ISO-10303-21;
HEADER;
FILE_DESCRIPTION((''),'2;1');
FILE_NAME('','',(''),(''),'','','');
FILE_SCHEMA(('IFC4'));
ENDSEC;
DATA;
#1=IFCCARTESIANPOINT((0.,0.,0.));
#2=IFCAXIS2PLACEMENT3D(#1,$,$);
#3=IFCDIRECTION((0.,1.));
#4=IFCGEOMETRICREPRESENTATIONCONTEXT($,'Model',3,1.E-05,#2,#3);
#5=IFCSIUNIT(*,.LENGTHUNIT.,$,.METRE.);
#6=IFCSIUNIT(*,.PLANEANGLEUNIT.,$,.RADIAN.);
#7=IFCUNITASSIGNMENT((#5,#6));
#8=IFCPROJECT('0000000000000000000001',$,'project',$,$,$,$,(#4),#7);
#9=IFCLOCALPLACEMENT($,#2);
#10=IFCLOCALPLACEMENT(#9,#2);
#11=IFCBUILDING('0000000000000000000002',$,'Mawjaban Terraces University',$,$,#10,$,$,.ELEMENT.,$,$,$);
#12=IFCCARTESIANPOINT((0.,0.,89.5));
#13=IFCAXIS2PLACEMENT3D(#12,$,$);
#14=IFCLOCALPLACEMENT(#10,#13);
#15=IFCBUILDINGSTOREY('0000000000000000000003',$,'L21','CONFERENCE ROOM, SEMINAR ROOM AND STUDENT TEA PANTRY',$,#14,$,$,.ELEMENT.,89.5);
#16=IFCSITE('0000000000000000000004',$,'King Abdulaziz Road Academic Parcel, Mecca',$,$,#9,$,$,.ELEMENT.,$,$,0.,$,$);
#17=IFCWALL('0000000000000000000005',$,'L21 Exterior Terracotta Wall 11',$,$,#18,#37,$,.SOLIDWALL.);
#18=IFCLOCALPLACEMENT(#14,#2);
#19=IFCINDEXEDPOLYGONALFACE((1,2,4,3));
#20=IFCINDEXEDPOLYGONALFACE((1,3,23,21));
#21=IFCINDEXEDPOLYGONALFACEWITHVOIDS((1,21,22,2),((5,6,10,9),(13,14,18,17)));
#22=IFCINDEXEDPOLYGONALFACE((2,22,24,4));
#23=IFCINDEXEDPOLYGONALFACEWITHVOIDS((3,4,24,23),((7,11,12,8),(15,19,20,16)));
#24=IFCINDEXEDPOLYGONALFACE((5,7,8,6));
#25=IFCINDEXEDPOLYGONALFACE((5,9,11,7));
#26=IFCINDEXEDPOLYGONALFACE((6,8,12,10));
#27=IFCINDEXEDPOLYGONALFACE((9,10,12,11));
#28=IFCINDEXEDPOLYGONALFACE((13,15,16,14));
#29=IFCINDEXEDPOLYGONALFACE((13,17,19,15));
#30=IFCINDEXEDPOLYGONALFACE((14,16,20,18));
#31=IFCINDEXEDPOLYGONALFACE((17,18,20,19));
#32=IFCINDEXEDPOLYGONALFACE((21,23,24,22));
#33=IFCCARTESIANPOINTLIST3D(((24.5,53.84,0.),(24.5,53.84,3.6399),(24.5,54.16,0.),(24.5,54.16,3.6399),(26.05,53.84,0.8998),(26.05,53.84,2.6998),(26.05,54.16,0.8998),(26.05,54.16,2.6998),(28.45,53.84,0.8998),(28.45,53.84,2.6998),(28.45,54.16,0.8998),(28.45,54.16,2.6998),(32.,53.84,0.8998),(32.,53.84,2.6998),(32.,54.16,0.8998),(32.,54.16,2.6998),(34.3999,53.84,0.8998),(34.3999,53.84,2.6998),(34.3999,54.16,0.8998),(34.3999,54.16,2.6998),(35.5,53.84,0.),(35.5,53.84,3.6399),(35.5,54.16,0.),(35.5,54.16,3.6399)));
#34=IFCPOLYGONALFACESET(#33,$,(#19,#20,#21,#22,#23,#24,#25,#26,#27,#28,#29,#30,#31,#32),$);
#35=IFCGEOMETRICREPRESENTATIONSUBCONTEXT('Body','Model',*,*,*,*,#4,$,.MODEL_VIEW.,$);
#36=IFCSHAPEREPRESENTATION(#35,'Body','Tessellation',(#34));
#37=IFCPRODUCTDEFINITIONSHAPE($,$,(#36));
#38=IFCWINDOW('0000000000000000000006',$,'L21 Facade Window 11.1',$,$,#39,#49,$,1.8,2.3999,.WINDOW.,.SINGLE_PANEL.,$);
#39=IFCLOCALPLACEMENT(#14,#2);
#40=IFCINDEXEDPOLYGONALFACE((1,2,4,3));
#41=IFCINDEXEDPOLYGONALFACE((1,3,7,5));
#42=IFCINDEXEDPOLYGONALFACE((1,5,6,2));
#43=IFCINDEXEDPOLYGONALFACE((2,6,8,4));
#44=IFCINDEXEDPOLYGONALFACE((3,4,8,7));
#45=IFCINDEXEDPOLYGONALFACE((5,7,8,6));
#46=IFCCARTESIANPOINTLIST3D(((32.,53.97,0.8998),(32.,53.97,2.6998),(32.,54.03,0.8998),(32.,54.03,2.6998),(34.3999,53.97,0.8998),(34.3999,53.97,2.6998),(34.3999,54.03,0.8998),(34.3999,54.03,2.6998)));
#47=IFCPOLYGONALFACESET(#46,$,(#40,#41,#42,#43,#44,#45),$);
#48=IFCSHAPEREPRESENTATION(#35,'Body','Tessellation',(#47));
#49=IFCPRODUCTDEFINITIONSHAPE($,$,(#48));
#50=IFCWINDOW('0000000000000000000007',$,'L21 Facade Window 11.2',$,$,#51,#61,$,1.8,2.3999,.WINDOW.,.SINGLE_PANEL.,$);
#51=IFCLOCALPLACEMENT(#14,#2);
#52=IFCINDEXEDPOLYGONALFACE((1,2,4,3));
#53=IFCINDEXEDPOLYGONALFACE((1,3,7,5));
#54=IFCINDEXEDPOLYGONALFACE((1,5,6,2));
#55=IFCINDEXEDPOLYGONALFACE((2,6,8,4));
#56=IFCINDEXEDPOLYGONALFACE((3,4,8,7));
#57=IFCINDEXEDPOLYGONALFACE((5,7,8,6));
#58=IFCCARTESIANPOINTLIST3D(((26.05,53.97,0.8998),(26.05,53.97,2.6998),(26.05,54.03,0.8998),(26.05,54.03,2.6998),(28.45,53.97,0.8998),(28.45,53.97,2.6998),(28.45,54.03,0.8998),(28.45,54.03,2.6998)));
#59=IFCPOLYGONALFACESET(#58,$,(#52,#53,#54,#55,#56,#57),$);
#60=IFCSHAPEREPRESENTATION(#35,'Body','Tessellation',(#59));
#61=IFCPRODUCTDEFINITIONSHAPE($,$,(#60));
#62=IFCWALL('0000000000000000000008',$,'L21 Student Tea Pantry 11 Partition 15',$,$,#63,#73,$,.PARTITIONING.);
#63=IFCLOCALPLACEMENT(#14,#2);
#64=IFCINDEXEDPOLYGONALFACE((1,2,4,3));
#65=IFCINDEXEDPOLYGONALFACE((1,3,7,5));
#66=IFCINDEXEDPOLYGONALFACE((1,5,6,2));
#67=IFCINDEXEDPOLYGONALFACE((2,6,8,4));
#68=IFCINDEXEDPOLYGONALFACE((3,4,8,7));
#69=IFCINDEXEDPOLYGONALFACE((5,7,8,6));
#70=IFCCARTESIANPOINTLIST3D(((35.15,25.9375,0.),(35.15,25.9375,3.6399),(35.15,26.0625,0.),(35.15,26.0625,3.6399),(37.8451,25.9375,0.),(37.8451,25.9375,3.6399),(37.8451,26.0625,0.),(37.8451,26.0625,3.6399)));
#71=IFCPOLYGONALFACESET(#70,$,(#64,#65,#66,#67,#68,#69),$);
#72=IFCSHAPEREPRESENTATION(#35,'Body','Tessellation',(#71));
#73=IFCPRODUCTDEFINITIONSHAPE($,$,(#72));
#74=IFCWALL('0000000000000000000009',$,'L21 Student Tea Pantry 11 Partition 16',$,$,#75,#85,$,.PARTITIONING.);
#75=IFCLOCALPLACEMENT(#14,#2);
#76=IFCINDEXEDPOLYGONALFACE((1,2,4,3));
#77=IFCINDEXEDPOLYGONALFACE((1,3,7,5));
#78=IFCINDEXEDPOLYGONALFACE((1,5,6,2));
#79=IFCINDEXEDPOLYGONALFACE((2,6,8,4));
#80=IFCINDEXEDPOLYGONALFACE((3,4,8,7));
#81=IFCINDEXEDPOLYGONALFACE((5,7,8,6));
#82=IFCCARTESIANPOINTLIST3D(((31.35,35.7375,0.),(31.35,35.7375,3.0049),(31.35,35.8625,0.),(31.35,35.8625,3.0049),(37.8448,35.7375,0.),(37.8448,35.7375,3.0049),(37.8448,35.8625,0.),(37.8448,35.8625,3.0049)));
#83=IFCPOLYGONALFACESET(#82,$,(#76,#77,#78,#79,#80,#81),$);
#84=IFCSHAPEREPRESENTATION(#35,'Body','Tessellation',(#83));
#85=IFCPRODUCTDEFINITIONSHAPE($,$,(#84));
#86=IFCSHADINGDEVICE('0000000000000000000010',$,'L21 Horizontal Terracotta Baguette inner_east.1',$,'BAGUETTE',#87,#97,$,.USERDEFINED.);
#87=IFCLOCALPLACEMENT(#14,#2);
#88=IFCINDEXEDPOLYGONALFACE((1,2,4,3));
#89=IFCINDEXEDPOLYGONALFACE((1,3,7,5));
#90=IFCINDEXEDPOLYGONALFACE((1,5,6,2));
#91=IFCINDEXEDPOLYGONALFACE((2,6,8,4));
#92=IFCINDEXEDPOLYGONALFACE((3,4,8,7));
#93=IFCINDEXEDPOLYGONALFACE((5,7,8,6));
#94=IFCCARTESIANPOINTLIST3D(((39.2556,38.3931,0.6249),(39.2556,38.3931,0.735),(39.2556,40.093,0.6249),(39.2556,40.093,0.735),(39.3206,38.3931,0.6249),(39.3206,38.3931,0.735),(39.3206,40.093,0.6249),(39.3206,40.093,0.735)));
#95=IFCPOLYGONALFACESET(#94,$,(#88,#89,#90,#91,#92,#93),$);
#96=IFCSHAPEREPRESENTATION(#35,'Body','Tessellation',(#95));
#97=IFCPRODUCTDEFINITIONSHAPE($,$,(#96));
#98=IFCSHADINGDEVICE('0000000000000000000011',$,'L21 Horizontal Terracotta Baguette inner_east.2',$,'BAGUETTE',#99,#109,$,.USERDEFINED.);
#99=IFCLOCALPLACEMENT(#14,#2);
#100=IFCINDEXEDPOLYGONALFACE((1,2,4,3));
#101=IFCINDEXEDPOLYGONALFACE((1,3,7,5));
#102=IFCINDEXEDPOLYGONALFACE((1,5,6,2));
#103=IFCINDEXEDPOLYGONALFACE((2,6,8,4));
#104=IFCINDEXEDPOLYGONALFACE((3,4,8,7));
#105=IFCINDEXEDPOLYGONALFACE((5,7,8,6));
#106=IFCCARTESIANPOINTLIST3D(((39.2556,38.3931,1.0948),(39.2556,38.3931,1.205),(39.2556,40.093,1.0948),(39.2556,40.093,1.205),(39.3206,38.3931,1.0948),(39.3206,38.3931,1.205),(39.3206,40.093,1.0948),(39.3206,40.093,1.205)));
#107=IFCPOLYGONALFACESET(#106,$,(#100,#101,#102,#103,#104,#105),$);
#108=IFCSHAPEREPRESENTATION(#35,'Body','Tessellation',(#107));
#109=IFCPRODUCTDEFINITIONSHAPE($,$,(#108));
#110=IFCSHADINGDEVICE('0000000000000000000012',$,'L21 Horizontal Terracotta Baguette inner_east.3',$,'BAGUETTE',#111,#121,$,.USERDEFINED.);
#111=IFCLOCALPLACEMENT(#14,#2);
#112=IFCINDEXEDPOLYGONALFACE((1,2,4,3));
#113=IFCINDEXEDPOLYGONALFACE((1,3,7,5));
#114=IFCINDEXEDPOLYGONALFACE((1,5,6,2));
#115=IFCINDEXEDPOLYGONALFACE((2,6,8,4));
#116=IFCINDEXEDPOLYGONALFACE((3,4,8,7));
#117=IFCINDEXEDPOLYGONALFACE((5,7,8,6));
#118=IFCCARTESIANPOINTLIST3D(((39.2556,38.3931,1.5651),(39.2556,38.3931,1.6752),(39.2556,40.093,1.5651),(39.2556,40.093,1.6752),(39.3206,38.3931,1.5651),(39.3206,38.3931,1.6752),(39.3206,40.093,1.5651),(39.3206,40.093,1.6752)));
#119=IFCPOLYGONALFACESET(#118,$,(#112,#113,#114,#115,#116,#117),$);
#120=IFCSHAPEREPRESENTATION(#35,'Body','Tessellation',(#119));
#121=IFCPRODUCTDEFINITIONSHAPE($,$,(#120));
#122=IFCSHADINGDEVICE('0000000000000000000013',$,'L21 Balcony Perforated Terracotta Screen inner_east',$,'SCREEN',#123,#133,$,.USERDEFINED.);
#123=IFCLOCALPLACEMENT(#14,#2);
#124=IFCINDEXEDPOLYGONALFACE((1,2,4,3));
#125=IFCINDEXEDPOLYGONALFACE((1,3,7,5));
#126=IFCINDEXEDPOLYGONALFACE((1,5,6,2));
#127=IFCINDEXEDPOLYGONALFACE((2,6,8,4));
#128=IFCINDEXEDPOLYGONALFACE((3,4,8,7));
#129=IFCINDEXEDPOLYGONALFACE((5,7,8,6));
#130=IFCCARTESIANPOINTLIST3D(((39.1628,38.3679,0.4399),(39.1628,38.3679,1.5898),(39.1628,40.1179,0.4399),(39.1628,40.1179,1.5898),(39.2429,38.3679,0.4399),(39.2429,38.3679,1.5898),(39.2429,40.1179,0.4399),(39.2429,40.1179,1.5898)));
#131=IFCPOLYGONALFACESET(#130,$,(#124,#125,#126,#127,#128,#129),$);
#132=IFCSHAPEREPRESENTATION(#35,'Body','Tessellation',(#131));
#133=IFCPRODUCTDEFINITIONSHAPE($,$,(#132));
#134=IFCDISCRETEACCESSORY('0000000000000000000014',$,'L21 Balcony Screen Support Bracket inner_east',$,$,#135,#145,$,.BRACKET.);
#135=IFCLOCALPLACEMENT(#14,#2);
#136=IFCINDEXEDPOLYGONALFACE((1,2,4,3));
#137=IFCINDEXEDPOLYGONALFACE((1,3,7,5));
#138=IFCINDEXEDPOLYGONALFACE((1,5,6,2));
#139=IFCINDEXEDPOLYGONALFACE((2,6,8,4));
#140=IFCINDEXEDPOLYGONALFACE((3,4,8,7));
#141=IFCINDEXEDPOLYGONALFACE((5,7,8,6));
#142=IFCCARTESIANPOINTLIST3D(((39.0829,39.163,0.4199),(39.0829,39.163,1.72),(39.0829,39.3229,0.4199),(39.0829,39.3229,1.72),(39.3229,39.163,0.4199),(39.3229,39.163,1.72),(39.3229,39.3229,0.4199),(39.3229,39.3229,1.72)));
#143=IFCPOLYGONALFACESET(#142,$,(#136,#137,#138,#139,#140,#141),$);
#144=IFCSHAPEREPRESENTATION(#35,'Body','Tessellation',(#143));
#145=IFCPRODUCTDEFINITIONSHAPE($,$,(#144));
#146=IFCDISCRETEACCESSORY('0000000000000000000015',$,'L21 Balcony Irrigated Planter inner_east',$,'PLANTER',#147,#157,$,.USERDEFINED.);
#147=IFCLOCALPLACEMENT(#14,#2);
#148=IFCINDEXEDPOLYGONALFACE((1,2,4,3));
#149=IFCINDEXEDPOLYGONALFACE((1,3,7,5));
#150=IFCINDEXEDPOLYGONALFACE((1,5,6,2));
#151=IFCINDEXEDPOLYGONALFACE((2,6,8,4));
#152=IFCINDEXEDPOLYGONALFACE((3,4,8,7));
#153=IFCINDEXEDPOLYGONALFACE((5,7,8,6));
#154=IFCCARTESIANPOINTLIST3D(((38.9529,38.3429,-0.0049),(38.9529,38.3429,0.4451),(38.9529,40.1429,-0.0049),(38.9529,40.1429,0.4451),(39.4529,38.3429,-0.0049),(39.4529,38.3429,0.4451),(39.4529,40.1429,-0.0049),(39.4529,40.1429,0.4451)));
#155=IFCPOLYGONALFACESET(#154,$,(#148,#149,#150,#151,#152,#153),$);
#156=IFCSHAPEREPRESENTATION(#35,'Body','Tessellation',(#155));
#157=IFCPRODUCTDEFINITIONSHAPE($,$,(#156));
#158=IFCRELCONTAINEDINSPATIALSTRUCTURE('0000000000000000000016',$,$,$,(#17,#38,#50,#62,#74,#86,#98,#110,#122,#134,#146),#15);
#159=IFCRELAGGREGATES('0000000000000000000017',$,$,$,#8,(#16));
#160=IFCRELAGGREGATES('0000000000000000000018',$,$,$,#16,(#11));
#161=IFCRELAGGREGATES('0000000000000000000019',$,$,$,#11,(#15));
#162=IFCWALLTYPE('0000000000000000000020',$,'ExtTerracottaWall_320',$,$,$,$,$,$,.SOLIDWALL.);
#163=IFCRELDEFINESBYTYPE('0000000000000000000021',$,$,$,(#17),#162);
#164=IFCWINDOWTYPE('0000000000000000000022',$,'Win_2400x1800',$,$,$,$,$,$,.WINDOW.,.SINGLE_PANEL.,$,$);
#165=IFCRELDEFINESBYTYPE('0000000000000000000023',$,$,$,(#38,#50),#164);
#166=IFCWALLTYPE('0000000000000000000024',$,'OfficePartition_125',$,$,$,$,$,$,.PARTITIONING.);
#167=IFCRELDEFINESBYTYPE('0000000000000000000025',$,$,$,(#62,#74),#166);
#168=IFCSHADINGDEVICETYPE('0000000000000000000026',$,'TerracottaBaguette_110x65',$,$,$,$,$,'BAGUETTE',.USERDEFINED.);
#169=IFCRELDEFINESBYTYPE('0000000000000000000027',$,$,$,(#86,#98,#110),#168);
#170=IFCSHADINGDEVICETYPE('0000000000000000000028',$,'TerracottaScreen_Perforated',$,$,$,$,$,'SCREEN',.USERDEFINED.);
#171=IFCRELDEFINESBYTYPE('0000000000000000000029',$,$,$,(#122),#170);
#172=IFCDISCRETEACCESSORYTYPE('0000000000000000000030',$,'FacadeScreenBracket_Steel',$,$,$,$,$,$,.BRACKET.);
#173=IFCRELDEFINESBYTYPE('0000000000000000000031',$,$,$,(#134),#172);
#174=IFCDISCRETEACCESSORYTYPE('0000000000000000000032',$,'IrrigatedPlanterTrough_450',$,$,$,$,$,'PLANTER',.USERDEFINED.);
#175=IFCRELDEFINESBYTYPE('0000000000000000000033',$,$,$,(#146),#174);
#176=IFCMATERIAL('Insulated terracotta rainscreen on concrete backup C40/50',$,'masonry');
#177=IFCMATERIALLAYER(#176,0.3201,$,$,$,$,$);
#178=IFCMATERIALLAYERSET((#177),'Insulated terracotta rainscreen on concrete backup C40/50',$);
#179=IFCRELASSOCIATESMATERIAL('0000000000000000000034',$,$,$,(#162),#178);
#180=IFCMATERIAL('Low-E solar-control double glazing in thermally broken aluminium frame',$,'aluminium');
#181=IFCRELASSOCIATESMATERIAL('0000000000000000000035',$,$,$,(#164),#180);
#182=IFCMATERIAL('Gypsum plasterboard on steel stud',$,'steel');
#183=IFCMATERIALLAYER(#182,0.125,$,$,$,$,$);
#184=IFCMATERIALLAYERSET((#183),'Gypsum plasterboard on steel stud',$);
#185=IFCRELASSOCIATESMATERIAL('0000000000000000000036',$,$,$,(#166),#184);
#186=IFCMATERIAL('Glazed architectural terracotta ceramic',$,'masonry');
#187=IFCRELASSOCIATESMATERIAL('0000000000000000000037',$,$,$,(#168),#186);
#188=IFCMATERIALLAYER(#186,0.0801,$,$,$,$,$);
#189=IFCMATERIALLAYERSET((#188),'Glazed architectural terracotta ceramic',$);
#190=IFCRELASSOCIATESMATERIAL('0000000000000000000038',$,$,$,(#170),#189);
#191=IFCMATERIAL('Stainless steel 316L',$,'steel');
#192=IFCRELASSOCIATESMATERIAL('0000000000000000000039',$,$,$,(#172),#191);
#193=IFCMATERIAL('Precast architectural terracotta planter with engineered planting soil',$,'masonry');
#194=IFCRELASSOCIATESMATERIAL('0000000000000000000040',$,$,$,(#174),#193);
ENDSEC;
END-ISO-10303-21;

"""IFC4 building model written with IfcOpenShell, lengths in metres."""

from ifc_helpers import new_model, si_unit, direction, frame, frame_2d, origin, origin_2d, place, context, subcontext, project, spatial, rectangle, extrude, material, layer, layer_set, material_profile, profile_set, type_object, element, fill, save


model = new_model("IFC4")

# Units and contexts
model_context = context("Model", 3, precision=1e-05, world=origin(), true_north=direction((0.0, 1.0)))
body_context = subcontext(model_context, "Body", "Model", "MODEL_VIEW")
ifc_project = project(units=[si_unit("LENGTHUNIT", "METRE"), si_unit("PLANEANGLEUNIT", "RADIAN")], contexts=[model_context])

# Site, building, storey
site_placement = place(None, origin())
site = spatial("IfcSite", under=ifc_project, at=site_placement, Name="King Abdulaziz Road Academic Parcel, Mecca", CompositionType="ELEMENT", RefElevation=0.0)
building_placement = place(site_placement, origin())
building = spatial("IfcBuilding", under=site, at=building_placement, Name="Mawjaban Terraces University", CompositionType="ELEMENT")
storey_placement = place(building_placement, frame((0.0, 0.0, 89.5)))
storey = spatial("IfcBuildingStorey", under=building, at=storey_placement, Name="L21", Description="CONFERENCE ROOM, SEMINAR ROOM AND STUDENT TEA PANTRY", CompositionType="ELEMENT", Elevation=89.5)

# Shared definitions
ifc_material_1 = material(Name="Insulated terracotta rainscreen on concrete backup C40/50", Category="masonry")
ifc_layer_1 = layer(ifc_material_1, 0.3201)
ifc_layer_set_1 = layer_set([ifc_layer_1], Name="Insulated terracotta rainscreen on concrete backup C40/50")
wall_type_1 = type_object("IfcWallType", Name="ExtTerracottaWall_320", PredefinedType="SOLIDWALL", material=ifc_layer_set_1)

# Wall, openings, windows
wall_1_placement = place(storey_placement, frame((35.5, 54.0, 0.0), z_axis=(0.0, 0.0, 1.0), x_axis=(-1.0, 0.0, 0.0)))
wall_1 = element("IfcWall", 1, at=wall_1_placement, inside=storey, type_object=wall_type_1, Name="L21 Exterior Terracotta Wall 11", PredefinedType="SOLIDWALL", context=body_context, shape_type="SweptSolid", body=[
    extrude(rectangle(XDim=11.0, YDim=0.3201, at=frame_2d((5.5, 0.0))), origin(), (0.0, 0.0, 1.0), 3.6399),
])
opening_1_placement = place(wall_1_placement, frame((1.1001, 0.0, 0.8999)))
opening_1 = element("IfcOpeningElement", 2, at=opening_1_placement, cuts=wall_1, PredefinedType="OPENING", context=body_context, shape_type="SweptSolid", body=[
    extrude(rectangle(XDim=2.3999, YDim=1.8, at=frame_2d((1.2, 0.8999))), frame((0.0, 0.1699, 0.0), z_axis=(0.0, -1.0, 0.0), x_axis=(1.0, 0.0, 0.0)), (0.0, 0.0, 1.0), 0.3401),
])
opening_2_placement = place(wall_1_placement, frame((7.05, 0.0, 0.8999)))
opening_2 = element("IfcOpeningElement", 3, at=opening_2_placement, cuts=wall_1, PredefinedType="OPENING", context=body_context, shape_type="SweptSolid", body=[
    extrude(rectangle(XDim=2.3999, YDim=1.8, at=frame_2d((1.2, 0.8999))), frame((0.0, 0.1699, 0.0), z_axis=(0.0, -1.0, 0.0), x_axis=(1.0, 0.0, 0.0)), (0.0, 0.0, 1.0), 0.3401),
])
ifc_material_2 = material(Name="Low-E solar-control double glazing in thermally broken aluminium frame", Category="aluminium")
window_type = type_object("IfcWindowType", Name="Win_2400x1800", PartitioningType="SINGLE_PANEL", PredefinedType="WINDOW", material=ifc_material_2)
window_1_placement = place(opening_1_placement, origin())
window_1 = element("IfcWindow", 4, at=window_1_placement, inside=storey, type_object=window_type, Name="L21 Facade Window 11.1", OverallHeight=1.8, OverallWidth=2.3999, PartitioningType="SINGLE_PANEL", PredefinedType="WINDOW", context=body_context, shape_type="SweptSolid", body=[
    extrude(rectangle(XDim=2.3999, YDim=1.8, at=frame_2d((1.2, 0.8999))), frame((0.0, 0.03, 0.0), z_axis=(0.0, -1.0, 0.0), x_axis=(1.0, 0.0, 0.0)), (0.0, 0.0, 1.0), 0.0601),
])
fill(opening_1, window_1)
window_2_placement = place(opening_2_placement, origin())
window_2 = element("IfcWindow", 5, at=window_2_placement, inside=storey, type_object=window_type, Name="L21 Facade Window 11.2", OverallHeight=1.8, OverallWidth=2.3999, PartitioningType="SINGLE_PANEL", PredefinedType="WINDOW", context=body_context, shape_type="SweptSolid", body=[
    extrude(rectangle(XDim=2.3999, YDim=1.8, at=frame_2d((1.2, 0.8999))), frame((0.0, 0.03, 0.0), z_axis=(0.0, -1.0, 0.0), x_axis=(1.0, 0.0, 0.0)), (0.0, 0.0, 1.0), 0.0601),
])
fill(opening_2, window_2)

# Walls
ifc_material_3 = material(Name="Gypsum plasterboard on steel stud", Category="steel")
ifc_layer_2 = layer(ifc_material_3, 0.125)
ifc_layer_set_2 = layer_set([ifc_layer_2], Name="Gypsum plasterboard on steel stud")
wall_type_2 = type_object("IfcWallType", Name="OfficePartition_125", PredefinedType="PARTITIONING", material=ifc_layer_set_2)
wall_2_placement = place(storey_placement, frame((35.1499, 26.0, 0.0), z_axis=(0.0, 0.0, 1.0), x_axis=(1.0, 0.0, 0.0)))
element("IfcWall", 6, at=wall_2_placement, inside=storey, type_object=wall_type_2, Name="L21 Student Tea Pantry 11 Partition 15", PredefinedType="PARTITIONING", context=body_context, shape_type="SweptSolid", body=[
    extrude(rectangle(XDim=2.6951, YDim=0.125, at=frame_2d((1.3477, 0.0))), origin(), (0.0, 0.0, 1.0), 3.6399),
])
wall_3_placement = place(storey_placement, frame((37.845, 35.8, 0.0), z_axis=(0.0, 0.0, 1.0), x_axis=(-1.0, 0.0, 0.0)))
element("IfcWall", 7, at=wall_3_placement, inside=storey, type_object=wall_type_2, Name="L21 Student Tea Pantry 11 Partition 16", PredefinedType="PARTITIONING", context=body_context, shape_type="SweptSolid", body=[
    extrude(rectangle(XDim=6.4949, YDim=0.125, at=frame_2d((3.2476, 0.0))), origin(), (0.0, 0.0, 1.0), 3.0049),
])

# Shading devices
ifc_material_4 = material(Name="Glazed architectural terracotta ceramic", Category="masonry")
ifc_material_profile_1 = material_profile(ifc_material_4, rectangle(XDim=0.0649, YDim=0.1101, at=origin_2d()), Name="TBAG110X65")
ifc_profile_set_1 = profile_set([ifc_material_profile_1], Name="Glazed architectural terracotta ceramic")
shading_device_type_1 = type_object("IfcShadingDeviceType", Name="TerracottaBaguette_110x65", ElementType="BAGUETTE", PredefinedType="USERDEFINED", material=ifc_profile_set_1)
for number, where, z_axis, x_axis, name in (
    (8, (39.2881, 38.3931, 0.6799), (0.0, 1.0, 0.0), (-1.0, 0.0, 0.0), "L21 Horizontal Terracotta Baguette inner_east.1"),
    (9, (39.2881, 38.3931, 1.1499), (0.0, 1.0, 0.0), (-1.0, 0.0, 0.0), "L21 Horizontal Terracotta Baguette inner_east.2"),
    (10, (39.2881, 38.3931, 1.6201), (0.0, 1.0, 0.0), (-1.0, 0.0, 0.0), "L21 Horizontal Terracotta Baguette inner_east.3"),
):
    element("IfcShadingDevice", number, at=place(storey_placement, frame(where, z_axis=z_axis, x_axis=x_axis)), inside=storey, type_object=shading_device_type_1, Name=name, ObjectType="BAGUETTE", PredefinedType="USERDEFINED", context=body_context, shape_type="SweptSolid", body=[
        extrude(rectangle(XDim=0.0649, YDim=0.1101, at=origin_2d()), origin(), (0.0, 0.0, 1.0), 1.7),
    ])
ifc_layer_3 = layer(ifc_material_4, 0.0801)
ifc_layer_set_3 = layer_set([ifc_layer_3], Name="Glazed architectural terracotta ceramic")
shading_device_type_2 = type_object("IfcShadingDeviceType", Name="TerracottaScreen_Perforated", ElementType="SCREEN", PredefinedType="USERDEFINED", material=ifc_layer_set_3)
shading_device_placement = place(storey_placement, frame((39.2029, 39.2429, 0.4399), z_axis=(0.0, 0.0, 1.0), x_axis=(0.0, 1.0, 0.0)))
element("IfcShadingDevice", 11, at=shading_device_placement, inside=storey, type_object=shading_device_type_2, Name="L21 Balcony Perforated Terracotta Screen inner_east", ObjectType="SCREEN", PredefinedType="USERDEFINED", context=body_context, shape_type="SweptSolid", body=[
    extrude(rectangle(XDim=1.75, YDim=0.0801, at=origin_2d()), origin(), (0.0, 0.0, 1.0), 1.1499),
])

# Discrete accessories
ifc_material_5 = material(Name="Stainless steel 316L", Category="steel")
discrete_accessory_type_1 = type_object("IfcDiscreteAccessoryType", Name="FacadeScreenBracket_Steel", PredefinedType="BRACKET", material=ifc_material_5)
discrete_accessory_1_placement = place(storey_placement, frame((39.2029, 39.2429, 0.4199), z_axis=(0.0, 0.0, 1.0), x_axis=(0.0, 1.0, 0.0)))
element("IfcDiscreteAccessory", 12, at=discrete_accessory_1_placement, inside=storey, type_object=discrete_accessory_type_1, Name="L21 Balcony Screen Support Bracket inner_east", PredefinedType="BRACKET", context=body_context, shape_type="SweptSolid", body=[
    extrude(rectangle(XDim=0.1599, YDim=0.24, at=origin_2d()), origin(), (0.0, 0.0, 1.0), 1.3),
])
ifc_material_6 = material(Name="Precast architectural terracotta planter with engineered planting soil", Category="masonry")
discrete_accessory_type_2 = type_object("IfcDiscreteAccessoryType", Name="IrrigatedPlanterTrough_450", ElementType="PLANTER", PredefinedType="USERDEFINED", material=ifc_material_6)
discrete_accessory_2_placement = place(storey_placement, frame((39.2029, 39.2429, -0.0049), z_axis=(0.0, 0.0, 1.0), x_axis=(0.0, 1.0, 0.0)))
element("IfcDiscreteAccessory", 13, at=discrete_accessory_2_placement, inside=storey, type_object=discrete_accessory_type_2, Name="L21 Balcony Irrigated Planter inner_east", ObjectType="PLANTER", PredefinedType="USERDEFINED", context=body_context, shape_type="SweptSolid", body=[
    extrude(rectangle(XDim=1.8, YDim=0.5, at=origin_2d()), origin(), (0.0, 0.0, 1.0), 0.45),
])

save(model, "model.ifc")
